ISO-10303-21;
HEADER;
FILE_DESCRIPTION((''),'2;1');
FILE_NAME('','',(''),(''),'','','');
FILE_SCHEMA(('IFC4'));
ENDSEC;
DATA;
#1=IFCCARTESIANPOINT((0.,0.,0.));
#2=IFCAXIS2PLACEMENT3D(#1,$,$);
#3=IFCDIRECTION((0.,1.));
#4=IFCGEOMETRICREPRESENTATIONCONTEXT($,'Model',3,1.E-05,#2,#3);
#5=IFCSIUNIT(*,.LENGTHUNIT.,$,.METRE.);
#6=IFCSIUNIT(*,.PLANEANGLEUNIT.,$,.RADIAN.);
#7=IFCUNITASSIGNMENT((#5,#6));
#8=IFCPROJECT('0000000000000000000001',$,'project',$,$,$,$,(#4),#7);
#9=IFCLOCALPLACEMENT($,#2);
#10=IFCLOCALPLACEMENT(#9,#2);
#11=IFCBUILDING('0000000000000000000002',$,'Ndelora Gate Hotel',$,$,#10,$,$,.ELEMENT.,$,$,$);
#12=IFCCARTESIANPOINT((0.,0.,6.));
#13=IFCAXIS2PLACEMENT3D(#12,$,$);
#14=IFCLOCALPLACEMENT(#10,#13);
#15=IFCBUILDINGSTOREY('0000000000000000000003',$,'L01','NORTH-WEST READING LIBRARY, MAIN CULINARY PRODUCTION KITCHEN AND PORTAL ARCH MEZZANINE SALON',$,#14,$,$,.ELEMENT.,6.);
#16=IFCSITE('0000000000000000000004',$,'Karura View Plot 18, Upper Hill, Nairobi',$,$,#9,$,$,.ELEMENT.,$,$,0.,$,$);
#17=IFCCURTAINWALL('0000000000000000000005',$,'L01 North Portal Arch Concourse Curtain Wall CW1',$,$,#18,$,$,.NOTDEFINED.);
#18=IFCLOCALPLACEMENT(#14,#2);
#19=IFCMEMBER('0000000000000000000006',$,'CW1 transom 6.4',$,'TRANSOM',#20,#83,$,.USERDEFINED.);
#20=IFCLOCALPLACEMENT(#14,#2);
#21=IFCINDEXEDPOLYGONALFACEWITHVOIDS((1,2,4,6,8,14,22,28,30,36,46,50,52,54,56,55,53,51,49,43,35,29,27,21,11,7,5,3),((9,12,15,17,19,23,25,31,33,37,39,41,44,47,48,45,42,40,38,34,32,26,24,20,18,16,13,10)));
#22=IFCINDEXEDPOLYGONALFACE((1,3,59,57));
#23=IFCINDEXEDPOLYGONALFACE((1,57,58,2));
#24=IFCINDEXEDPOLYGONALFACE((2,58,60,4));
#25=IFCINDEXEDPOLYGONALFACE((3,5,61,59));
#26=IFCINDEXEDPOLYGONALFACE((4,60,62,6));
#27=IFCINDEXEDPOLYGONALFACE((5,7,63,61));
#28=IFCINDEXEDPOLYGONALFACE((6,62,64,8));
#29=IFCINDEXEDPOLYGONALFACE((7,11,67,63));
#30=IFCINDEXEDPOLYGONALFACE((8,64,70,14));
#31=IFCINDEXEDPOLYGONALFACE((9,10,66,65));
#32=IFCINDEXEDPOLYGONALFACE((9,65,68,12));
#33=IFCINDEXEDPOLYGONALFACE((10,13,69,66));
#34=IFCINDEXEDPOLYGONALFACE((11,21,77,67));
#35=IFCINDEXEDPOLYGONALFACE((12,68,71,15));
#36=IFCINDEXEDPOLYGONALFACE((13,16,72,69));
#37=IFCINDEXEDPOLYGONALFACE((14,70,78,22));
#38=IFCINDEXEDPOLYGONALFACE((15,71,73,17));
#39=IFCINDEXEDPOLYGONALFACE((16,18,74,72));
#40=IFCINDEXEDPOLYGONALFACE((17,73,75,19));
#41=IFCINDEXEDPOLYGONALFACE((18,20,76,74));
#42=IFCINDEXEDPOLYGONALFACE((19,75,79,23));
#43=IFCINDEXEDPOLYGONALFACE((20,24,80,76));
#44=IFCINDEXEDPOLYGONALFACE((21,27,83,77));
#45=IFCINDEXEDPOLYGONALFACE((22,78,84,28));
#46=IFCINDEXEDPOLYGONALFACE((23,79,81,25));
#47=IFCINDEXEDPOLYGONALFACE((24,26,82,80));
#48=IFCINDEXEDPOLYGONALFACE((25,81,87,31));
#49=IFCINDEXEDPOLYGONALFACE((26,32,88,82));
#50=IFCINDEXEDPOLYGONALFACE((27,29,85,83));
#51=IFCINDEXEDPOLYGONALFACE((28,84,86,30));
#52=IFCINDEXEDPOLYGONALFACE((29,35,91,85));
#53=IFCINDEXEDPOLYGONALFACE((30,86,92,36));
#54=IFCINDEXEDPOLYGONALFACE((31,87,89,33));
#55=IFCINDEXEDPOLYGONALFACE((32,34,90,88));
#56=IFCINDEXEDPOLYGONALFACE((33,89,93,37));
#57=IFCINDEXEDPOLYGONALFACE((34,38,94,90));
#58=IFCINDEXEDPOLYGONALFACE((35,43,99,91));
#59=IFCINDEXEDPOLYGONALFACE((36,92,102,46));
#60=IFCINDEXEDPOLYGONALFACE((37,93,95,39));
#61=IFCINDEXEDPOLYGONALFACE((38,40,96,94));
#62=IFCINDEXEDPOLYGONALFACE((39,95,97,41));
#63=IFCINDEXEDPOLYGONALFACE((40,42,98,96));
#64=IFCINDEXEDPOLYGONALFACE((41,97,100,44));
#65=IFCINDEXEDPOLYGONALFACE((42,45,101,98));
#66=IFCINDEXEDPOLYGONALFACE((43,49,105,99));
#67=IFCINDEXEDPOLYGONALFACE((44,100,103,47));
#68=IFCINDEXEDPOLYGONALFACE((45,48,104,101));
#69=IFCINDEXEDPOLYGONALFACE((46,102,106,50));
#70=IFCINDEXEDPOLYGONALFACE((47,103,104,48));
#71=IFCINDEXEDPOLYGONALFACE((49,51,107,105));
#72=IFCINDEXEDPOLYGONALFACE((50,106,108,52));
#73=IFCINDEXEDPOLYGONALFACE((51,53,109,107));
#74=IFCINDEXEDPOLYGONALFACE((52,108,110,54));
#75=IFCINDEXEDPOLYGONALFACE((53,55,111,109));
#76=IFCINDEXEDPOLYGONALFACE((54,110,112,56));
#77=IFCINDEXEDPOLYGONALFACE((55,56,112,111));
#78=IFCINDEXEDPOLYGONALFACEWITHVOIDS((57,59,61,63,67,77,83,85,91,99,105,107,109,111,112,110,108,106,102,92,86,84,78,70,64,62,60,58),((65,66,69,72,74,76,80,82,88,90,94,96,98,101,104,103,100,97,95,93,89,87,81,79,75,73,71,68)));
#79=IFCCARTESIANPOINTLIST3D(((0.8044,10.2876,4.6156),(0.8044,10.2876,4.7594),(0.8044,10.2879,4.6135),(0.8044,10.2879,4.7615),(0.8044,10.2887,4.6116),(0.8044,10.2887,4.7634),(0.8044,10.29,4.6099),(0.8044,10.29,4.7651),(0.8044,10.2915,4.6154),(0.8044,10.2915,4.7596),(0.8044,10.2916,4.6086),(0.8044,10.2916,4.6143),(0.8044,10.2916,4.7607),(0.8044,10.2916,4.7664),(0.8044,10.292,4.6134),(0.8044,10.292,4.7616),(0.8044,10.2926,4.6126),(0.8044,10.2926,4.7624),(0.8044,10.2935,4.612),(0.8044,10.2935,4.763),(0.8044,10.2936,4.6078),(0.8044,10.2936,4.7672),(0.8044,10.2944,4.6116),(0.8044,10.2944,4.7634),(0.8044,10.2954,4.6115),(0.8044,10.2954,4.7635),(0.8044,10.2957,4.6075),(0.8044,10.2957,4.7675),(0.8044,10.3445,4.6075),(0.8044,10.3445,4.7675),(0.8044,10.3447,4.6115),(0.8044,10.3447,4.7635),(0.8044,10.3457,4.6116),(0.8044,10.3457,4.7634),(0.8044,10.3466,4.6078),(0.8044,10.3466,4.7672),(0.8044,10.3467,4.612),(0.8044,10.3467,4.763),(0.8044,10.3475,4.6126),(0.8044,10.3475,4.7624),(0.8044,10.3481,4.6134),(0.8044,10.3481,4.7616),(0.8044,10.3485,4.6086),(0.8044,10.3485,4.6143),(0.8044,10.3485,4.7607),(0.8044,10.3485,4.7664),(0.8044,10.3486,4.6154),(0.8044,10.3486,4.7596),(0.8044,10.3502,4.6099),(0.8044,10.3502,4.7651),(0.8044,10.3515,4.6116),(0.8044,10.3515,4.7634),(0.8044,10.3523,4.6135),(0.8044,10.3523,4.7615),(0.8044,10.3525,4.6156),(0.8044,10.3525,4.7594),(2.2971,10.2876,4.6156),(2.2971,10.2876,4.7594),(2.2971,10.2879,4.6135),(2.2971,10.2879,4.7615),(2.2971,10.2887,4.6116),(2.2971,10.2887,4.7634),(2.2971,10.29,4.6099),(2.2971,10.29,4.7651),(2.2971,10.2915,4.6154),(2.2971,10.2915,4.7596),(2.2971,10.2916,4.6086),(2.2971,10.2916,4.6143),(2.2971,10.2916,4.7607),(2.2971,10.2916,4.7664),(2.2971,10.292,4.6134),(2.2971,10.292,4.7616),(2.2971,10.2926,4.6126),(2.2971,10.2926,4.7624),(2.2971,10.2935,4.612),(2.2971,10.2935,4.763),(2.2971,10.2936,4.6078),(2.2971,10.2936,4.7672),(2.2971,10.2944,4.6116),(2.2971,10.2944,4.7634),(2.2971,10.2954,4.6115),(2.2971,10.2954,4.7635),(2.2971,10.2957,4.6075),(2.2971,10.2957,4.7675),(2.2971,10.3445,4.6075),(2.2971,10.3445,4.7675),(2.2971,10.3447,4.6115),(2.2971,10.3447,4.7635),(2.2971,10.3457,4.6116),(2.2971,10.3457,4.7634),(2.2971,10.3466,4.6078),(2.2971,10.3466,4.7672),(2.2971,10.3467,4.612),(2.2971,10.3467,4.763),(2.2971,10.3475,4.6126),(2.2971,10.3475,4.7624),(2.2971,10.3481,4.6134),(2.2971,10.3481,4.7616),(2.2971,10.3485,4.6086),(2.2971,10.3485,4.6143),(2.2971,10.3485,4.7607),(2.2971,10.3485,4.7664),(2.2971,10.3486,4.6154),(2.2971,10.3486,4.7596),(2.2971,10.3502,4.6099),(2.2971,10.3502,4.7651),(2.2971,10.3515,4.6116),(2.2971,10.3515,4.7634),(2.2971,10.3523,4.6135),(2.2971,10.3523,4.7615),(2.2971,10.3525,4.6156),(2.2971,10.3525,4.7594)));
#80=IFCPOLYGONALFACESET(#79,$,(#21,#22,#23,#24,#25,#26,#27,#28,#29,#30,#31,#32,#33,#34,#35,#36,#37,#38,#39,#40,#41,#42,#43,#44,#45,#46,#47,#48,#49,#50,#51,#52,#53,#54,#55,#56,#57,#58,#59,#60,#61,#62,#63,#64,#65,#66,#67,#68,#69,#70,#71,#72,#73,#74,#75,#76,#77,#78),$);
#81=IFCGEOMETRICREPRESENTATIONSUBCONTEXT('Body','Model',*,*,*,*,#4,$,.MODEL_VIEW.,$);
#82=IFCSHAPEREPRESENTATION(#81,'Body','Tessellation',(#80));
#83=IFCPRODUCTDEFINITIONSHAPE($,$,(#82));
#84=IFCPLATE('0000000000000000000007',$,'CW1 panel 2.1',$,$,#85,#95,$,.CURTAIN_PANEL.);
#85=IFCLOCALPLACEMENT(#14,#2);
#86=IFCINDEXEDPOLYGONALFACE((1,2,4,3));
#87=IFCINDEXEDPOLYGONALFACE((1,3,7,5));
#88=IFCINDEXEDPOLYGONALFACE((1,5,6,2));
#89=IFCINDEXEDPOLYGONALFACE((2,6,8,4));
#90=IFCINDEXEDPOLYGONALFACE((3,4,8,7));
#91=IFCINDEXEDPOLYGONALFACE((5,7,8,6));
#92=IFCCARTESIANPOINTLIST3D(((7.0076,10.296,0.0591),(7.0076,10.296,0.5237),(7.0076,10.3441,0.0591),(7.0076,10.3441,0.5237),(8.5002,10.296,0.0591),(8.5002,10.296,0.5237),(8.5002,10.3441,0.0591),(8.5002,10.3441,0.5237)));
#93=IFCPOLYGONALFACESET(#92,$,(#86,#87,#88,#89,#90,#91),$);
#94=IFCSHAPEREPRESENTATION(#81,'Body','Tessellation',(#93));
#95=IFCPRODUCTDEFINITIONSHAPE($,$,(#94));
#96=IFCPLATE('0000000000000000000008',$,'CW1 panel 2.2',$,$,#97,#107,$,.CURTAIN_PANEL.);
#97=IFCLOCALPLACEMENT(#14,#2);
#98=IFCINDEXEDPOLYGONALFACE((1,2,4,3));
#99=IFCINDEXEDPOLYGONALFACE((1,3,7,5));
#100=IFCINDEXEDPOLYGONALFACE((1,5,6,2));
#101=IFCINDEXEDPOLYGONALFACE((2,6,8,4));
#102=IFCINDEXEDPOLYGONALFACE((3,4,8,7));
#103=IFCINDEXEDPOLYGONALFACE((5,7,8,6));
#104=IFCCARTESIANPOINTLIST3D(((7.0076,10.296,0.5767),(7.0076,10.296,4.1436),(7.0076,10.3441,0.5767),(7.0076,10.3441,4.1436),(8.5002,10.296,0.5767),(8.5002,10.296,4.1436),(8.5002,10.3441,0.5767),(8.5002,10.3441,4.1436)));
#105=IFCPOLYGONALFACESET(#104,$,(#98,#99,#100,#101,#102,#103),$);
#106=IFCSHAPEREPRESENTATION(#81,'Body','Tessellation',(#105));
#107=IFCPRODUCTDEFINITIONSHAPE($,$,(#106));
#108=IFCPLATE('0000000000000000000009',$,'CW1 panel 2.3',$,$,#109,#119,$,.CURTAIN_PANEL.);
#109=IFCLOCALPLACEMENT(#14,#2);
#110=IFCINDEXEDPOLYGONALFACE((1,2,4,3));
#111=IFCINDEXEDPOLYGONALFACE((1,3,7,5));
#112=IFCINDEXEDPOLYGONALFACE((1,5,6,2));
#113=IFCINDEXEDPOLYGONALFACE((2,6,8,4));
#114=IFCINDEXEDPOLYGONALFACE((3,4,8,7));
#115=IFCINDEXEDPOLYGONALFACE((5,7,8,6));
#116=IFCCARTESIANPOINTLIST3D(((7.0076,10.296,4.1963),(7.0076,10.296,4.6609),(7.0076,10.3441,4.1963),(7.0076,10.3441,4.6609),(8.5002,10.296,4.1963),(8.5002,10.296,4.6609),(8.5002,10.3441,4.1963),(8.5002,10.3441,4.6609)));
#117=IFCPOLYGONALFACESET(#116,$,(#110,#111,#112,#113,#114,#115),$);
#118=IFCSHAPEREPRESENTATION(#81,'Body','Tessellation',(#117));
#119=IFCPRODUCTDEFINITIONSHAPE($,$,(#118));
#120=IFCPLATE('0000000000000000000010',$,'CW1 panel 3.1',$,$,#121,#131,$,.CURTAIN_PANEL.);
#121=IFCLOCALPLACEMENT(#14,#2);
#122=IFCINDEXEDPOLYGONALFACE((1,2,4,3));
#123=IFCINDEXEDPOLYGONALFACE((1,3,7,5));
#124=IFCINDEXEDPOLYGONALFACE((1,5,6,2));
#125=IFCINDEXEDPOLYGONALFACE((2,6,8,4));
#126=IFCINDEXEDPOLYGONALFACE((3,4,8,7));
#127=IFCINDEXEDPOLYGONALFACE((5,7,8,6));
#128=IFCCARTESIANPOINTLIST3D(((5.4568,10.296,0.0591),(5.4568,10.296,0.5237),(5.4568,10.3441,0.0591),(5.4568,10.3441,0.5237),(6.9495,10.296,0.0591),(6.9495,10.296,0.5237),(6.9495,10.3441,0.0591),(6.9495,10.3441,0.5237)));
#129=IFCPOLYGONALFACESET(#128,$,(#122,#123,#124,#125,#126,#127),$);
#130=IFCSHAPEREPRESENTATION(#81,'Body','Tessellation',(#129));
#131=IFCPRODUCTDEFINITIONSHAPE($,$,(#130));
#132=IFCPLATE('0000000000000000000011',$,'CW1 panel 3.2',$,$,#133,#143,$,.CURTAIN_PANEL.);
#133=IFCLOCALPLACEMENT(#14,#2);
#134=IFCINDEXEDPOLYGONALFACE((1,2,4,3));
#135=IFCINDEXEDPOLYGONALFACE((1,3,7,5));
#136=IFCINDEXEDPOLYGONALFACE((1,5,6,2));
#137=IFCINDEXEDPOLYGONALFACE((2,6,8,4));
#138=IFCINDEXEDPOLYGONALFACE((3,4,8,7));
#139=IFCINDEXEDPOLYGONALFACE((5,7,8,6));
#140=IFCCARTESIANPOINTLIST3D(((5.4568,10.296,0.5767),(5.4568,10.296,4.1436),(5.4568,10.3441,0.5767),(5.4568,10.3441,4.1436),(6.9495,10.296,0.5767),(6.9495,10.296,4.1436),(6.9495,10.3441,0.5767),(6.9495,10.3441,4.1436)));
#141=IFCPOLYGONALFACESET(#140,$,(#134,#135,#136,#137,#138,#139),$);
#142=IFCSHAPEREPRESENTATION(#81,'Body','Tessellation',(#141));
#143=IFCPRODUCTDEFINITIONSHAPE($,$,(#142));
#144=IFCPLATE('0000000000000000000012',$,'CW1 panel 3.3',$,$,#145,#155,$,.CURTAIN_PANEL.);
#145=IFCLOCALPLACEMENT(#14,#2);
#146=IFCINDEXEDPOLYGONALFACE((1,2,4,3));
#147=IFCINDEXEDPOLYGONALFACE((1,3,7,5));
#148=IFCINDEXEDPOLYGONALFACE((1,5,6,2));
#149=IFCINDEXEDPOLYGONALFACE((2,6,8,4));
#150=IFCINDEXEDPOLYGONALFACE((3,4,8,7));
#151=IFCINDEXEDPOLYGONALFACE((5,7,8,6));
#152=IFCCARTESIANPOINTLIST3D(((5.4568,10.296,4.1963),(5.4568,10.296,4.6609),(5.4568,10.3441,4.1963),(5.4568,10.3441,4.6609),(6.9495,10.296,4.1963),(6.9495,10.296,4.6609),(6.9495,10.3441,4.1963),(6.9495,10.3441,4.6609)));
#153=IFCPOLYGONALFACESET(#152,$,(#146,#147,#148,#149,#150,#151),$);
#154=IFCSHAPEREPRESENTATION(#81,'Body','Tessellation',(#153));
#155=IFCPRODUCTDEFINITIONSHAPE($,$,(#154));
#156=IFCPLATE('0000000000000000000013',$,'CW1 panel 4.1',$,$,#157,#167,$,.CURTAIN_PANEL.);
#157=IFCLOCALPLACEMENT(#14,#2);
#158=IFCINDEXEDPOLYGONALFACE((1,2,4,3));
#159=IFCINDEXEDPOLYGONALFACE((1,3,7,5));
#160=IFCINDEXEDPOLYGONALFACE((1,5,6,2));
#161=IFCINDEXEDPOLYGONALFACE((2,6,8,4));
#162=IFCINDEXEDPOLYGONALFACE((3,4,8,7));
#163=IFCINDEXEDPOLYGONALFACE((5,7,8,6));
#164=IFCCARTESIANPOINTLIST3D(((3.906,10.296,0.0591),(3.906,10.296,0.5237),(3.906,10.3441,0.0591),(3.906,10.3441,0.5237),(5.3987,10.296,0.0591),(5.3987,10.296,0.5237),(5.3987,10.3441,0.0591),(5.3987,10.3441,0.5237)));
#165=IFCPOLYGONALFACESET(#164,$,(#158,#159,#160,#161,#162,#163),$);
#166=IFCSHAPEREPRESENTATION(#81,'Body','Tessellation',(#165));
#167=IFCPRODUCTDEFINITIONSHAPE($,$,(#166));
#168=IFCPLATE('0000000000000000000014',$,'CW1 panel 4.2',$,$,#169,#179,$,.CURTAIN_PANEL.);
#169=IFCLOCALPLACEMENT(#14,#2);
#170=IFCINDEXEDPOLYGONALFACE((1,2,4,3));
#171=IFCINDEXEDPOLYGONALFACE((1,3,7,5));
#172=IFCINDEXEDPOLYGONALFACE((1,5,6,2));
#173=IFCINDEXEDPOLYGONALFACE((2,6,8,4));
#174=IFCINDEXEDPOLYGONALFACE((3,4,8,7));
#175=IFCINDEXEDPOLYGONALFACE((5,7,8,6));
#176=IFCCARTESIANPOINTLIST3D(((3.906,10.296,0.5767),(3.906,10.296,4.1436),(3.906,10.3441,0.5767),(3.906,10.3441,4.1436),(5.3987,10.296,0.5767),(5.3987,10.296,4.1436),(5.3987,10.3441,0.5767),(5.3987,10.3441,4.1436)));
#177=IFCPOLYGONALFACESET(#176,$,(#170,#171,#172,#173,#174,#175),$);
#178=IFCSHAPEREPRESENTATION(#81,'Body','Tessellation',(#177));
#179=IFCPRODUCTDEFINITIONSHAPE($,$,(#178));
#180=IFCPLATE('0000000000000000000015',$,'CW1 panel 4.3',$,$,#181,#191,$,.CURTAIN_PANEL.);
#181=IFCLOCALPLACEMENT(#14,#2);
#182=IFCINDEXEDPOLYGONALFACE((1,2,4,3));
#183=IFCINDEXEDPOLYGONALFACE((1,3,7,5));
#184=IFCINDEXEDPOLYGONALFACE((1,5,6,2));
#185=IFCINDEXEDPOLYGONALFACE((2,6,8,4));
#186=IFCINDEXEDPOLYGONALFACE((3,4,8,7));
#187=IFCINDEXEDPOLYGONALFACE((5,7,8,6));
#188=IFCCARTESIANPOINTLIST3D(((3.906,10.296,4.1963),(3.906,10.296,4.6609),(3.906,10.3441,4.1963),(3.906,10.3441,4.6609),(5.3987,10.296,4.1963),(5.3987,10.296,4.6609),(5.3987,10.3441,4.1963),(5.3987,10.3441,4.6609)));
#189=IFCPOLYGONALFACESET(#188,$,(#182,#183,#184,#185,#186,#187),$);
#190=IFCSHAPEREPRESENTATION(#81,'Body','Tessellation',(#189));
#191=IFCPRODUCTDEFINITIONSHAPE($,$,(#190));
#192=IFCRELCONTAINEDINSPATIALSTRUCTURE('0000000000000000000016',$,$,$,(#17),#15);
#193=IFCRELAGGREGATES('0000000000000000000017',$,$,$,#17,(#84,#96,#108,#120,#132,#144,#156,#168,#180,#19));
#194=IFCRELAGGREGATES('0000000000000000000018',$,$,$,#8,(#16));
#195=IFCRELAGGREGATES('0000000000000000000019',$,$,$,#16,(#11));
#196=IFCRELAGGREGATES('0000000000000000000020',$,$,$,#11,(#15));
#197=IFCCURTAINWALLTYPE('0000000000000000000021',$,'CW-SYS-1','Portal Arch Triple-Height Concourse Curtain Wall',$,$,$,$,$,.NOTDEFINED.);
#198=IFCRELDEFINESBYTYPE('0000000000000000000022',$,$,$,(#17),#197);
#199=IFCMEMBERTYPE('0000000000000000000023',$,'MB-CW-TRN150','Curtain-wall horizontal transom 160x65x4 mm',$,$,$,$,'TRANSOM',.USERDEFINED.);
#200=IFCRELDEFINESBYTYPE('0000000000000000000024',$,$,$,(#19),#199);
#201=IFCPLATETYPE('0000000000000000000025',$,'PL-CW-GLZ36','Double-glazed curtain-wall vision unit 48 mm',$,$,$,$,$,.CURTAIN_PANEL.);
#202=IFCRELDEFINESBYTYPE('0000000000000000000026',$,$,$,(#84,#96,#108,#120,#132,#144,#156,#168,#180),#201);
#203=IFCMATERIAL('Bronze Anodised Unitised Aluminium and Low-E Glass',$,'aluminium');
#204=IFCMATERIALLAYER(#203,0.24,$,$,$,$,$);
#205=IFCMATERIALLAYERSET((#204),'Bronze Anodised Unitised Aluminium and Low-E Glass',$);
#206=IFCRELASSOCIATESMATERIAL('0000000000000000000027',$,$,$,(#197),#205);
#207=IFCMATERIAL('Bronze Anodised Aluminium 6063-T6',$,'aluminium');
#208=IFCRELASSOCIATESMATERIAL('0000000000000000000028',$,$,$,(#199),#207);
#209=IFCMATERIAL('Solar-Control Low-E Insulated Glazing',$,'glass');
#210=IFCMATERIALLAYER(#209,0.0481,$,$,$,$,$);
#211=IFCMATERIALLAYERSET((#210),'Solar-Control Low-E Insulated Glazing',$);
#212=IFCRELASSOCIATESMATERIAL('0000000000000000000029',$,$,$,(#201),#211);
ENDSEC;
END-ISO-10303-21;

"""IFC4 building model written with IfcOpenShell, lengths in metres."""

from ifc_helpers import new_model, si_unit, direction, frame, origin, origin_2d, place, context, subcontext, project, spatial, rectangle, hollow_rectangle, extrude, material, layer, layer_set, material_profile, profile_set, type_object, element, aggregate, save


model = new_model("IFC4")

# Units and contexts
model_context = context("Model", 3, precision=1e-05, world=origin(), true_north=direction((0.0, 1.0)))
body_context = subcontext(model_context, "Body", "Model", "MODEL_VIEW")
ifc_project = project(units=[si_unit("LENGTHUNIT", "METRE"), si_unit("PLANEANGLEUNIT", "RADIAN")], contexts=[model_context])

# Site, building, storey
site_placement = place(None, origin())
site = spatial("IfcSite", under=ifc_project, at=site_placement, Name="Karura View Plot 18, Upper Hill, Nairobi", CompositionType="ELEMENT", RefElevation=0.0)
building_placement = place(site_placement, origin())
building = spatial("IfcBuilding", under=site, at=building_placement, Name="Ndelora Gate Hotel", CompositionType="ELEMENT")
storey_placement = place(building_placement, frame((0.0, 0.0, 6.0)))
storey = spatial("IfcBuildingStorey", under=building, at=storey_placement, Name="L01", Description="NORTH-WEST READING LIBRARY, MAIN CULINARY PRODUCTION KITCHEN AND PORTAL ARCH MEZZANINE SALON", CompositionType="ELEMENT", Elevation=6.0)

# Curtain wall, member, plates
ifc_material_1 = material(Name="Bronze Anodised Unitised Aluminium and Low-E Glass", Category="aluminium")
ifc_layer_1 = layer(ifc_material_1, 0.24)
ifc_layer_set_1 = layer_set([ifc_layer_1], Name="Bronze Anodised Unitised Aluminium and Low-E Glass")
curtain_wall_type = type_object("IfcCurtainWallType", Name="CW-SYS-1", Description="Portal Arch Triple-Height Concourse Curtain Wall", PredefinedType="NOTDEFINED", material=ifc_layer_set_1)
curtain_wall_placement = place(storey_placement, origin())
curtain_wall = element("IfcCurtainWall", 1, at=curtain_wall_placement, inside=storey, type_object=curtain_wall_type, Name="L01 North Portal Arch Concourse Curtain Wall CW1", PredefinedType="NOTDEFINED")
ifc_material_2 = material(Name="Bronze Anodised Aluminium 6063-T6", Category="aluminium")
ifc_material_profile_1 = material_profile(ifc_material_2, hollow_rectangle(XDim=0.0649, YDim=0.1599, WallThickness=0.0039, InnerFilletRadius=0.0039, OuterFilletRadius=0.0081, at=origin_2d()), Name="ALU 160x65x4")
ifc_profile_set_1 = profile_set([ifc_material_profile_1], Name="Bronze Anodised Aluminium 6063-T6")
member_type_1 = type_object("IfcMemberType", Name="MB-CW-TRN150", Description="Curtain-wall horizontal transom 160x65x4 mm", ElementType="TRANSOM", PredefinedType="USERDEFINED", material=ifc_profile_set_1)
member_1_placement = place(storey_placement, frame((2.2971, 10.3201, 4.6875), z_axis=(-1.0, 0.0, 0.0), x_axis=(0.0, -1.0, 0.0)))
member_1 = element("IfcMember", 2, at=member_1_placement, type_object=member_type_1, Name="CW1 transom 6.4", ObjectType="TRANSOM", PredefinedType="USERDEFINED", context=body_context, shape_type="SweptSolid", body=[
    extrude(hollow_rectangle(XDim=0.0649, YDim=0.1599, WallThickness=0.0039, InnerFilletRadius=0.0039, OuterFilletRadius=0.0081, at=origin_2d()), origin(), (0.0, 0.0, 1.0), 1.4927),
])
ifc_material_3 = material(Name="Solar-Control Low-E Insulated Glazing", Category="glass")
ifc_layer_2 = layer(ifc_material_3, 0.0481)
ifc_layer_set_2 = layer_set([ifc_layer_2], Name="Solar-Control Low-E Insulated Glazing")
plate_type = type_object("IfcPlateType", Name="PL-CW-GLZ36", Description="Double-glazed curtain-wall vision unit 48 mm", PredefinedType="CURTAIN_PANEL", material=ifc_layer_set_2)
plate_1_placement = place(storey_placement, frame((7.7539, 10.3201, 0.0591), z_axis=(0.0, 0.0, 1.0), x_axis=(-1.0, 0.0, 0.0)))
plate_1 = element("IfcPlate", 3, at=plate_1_placement, type_object=plate_type, Name="CW1 panel 2.1", PredefinedType="CURTAIN_PANEL", context=body_context, shape_type="SweptSolid", body=[
    extrude(rectangle(XDim=1.4927, YDim=0.0481, at=origin_2d()), origin(), (0.0, 0.0, 1.0), 0.4646),
])
plate_2_placement = place(storey_placement, frame((7.7539, 10.3201, 0.5767), z_axis=(0.0, 0.0, 1.0), x_axis=(-1.0, 0.0, 0.0)))
plate_2 = element("IfcPlate", 4, at=plate_2_placement, type_object=plate_type, Name="CW1 panel 2.2", PredefinedType="CURTAIN_PANEL", context=body_context, shape_type="SweptSolid", body=[
    extrude(rectangle(XDim=1.4927, YDim=0.0481, at=origin_2d()), origin(), (0.0, 0.0, 1.0), 3.5669),
])
plate_3_placement = place(storey_placement, frame((7.7539, 10.3201, 4.1963), z_axis=(0.0, 0.0, 1.0), x_axis=(-1.0, 0.0, 0.0)))
plate_3 = element("IfcPlate", 5, at=plate_3_placement, type_object=plate_type, Name="CW1 panel 2.3", PredefinedType="CURTAIN_PANEL", context=body_context, shape_type="SweptSolid", body=[
    extrude(rectangle(XDim=1.4927, YDim=0.0481, at=origin_2d()), origin(), (0.0, 0.0, 1.0), 0.4646),
])
plate_4_placement = place(storey_placement, frame((6.2031, 10.3201, 0.0591), z_axis=(0.0, 0.0, 1.0), x_axis=(-1.0, 0.0, 0.0)))
plate_4 = element("IfcPlate", 6, at=plate_4_placement, type_object=plate_type, Name="CW1 panel 3.1", PredefinedType="CURTAIN_PANEL", context=body_context, shape_type="SweptSolid", body=[
    extrude(rectangle(XDim=1.4927, YDim=0.0481, at=origin_2d()), origin(), (0.0, 0.0, 1.0), 0.4646),
])
plate_5_placement = place(storey_placement, frame((6.2031, 10.3201, 0.5767), z_axis=(0.0, 0.0, 1.0), x_axis=(-1.0, 0.0, 0.0)))
plate_5 = element("IfcPlate", 7, at=plate_5_placement, type_object=plate_type, Name="CW1 panel 3.2", PredefinedType="CURTAIN_PANEL", context=body_context, shape_type="SweptSolid", body=[
    extrude(rectangle(XDim=1.4927, YDim=0.0481, at=origin_2d()), origin(), (0.0, 0.0, 1.0), 3.5669),
])
plate_6_placement = place(storey_placement, frame((6.2031, 10.3201, 4.1963), z_axis=(0.0, 0.0, 1.0), x_axis=(-1.0, 0.0, 0.0)))
plate_6 = element("IfcPlate", 8, at=plate_6_placement, type_object=plate_type, Name="CW1 panel 3.3", PredefinedType="CURTAIN_PANEL", context=body_context, shape_type="SweptSolid", body=[
    extrude(rectangle(XDim=1.4927, YDim=0.0481, at=origin_2d()), origin(), (0.0, 0.0, 1.0), 0.4646),
])
plate_7_placement = place(storey_placement, frame((4.6523, 10.3201, 0.0591), z_axis=(0.0, 0.0, 1.0), x_axis=(-1.0, 0.0, 0.0)))
plate_7 = element("IfcPlate", 9, at=plate_7_placement, type_object=plate_type, Name="CW1 panel 4.1", PredefinedType="CURTAIN_PANEL", context=body_context, shape_type="SweptSolid", body=[
    extrude(rectangle(XDim=1.4927, YDim=0.0481, at=origin_2d()), origin(), (0.0, 0.0, 1.0), 0.4646),
])
plate_8_placement = place(storey_placement, frame((4.6523, 10.3201, 0.5767), z_axis=(0.0, 0.0, 1.0), x_axis=(-1.0, 0.0, 0.0)))
plate_8 = element("IfcPlate", 10, at=plate_8_placement, type_object=plate_type, Name="CW1 panel 4.2", PredefinedType="CURTAIN_PANEL", context=body_context, shape_type="SweptSolid", body=[
    extrude(rectangle(XDim=1.4927, YDim=0.0481, at=origin_2d()), origin(), (0.0, 0.0, 1.0), 3.5669),
])
plate_9_placement = place(storey_placement, frame((4.6523, 10.3201, 4.1963), z_axis=(0.0, 0.0, 1.0), x_axis=(-1.0, 0.0, 0.0)))
plate_9 = element("IfcPlate", 11, at=plate_9_placement, type_object=plate_type, Name="CW1 panel 4.3", PredefinedType="CURTAIN_PANEL", context=body_context, shape_type="SweptSolid", body=[
    extrude(rectangle(XDim=1.4927, YDim=0.0481, at=origin_2d()), origin(), (0.0, 0.0, 1.0), 0.4646),
])
aggregate(curtain_wall, [plate_1, plate_2, plate_3, plate_4, plate_5, plate_6, plate_7, plate_8, plate_9, member_1])

save(model, "model.ifc")
